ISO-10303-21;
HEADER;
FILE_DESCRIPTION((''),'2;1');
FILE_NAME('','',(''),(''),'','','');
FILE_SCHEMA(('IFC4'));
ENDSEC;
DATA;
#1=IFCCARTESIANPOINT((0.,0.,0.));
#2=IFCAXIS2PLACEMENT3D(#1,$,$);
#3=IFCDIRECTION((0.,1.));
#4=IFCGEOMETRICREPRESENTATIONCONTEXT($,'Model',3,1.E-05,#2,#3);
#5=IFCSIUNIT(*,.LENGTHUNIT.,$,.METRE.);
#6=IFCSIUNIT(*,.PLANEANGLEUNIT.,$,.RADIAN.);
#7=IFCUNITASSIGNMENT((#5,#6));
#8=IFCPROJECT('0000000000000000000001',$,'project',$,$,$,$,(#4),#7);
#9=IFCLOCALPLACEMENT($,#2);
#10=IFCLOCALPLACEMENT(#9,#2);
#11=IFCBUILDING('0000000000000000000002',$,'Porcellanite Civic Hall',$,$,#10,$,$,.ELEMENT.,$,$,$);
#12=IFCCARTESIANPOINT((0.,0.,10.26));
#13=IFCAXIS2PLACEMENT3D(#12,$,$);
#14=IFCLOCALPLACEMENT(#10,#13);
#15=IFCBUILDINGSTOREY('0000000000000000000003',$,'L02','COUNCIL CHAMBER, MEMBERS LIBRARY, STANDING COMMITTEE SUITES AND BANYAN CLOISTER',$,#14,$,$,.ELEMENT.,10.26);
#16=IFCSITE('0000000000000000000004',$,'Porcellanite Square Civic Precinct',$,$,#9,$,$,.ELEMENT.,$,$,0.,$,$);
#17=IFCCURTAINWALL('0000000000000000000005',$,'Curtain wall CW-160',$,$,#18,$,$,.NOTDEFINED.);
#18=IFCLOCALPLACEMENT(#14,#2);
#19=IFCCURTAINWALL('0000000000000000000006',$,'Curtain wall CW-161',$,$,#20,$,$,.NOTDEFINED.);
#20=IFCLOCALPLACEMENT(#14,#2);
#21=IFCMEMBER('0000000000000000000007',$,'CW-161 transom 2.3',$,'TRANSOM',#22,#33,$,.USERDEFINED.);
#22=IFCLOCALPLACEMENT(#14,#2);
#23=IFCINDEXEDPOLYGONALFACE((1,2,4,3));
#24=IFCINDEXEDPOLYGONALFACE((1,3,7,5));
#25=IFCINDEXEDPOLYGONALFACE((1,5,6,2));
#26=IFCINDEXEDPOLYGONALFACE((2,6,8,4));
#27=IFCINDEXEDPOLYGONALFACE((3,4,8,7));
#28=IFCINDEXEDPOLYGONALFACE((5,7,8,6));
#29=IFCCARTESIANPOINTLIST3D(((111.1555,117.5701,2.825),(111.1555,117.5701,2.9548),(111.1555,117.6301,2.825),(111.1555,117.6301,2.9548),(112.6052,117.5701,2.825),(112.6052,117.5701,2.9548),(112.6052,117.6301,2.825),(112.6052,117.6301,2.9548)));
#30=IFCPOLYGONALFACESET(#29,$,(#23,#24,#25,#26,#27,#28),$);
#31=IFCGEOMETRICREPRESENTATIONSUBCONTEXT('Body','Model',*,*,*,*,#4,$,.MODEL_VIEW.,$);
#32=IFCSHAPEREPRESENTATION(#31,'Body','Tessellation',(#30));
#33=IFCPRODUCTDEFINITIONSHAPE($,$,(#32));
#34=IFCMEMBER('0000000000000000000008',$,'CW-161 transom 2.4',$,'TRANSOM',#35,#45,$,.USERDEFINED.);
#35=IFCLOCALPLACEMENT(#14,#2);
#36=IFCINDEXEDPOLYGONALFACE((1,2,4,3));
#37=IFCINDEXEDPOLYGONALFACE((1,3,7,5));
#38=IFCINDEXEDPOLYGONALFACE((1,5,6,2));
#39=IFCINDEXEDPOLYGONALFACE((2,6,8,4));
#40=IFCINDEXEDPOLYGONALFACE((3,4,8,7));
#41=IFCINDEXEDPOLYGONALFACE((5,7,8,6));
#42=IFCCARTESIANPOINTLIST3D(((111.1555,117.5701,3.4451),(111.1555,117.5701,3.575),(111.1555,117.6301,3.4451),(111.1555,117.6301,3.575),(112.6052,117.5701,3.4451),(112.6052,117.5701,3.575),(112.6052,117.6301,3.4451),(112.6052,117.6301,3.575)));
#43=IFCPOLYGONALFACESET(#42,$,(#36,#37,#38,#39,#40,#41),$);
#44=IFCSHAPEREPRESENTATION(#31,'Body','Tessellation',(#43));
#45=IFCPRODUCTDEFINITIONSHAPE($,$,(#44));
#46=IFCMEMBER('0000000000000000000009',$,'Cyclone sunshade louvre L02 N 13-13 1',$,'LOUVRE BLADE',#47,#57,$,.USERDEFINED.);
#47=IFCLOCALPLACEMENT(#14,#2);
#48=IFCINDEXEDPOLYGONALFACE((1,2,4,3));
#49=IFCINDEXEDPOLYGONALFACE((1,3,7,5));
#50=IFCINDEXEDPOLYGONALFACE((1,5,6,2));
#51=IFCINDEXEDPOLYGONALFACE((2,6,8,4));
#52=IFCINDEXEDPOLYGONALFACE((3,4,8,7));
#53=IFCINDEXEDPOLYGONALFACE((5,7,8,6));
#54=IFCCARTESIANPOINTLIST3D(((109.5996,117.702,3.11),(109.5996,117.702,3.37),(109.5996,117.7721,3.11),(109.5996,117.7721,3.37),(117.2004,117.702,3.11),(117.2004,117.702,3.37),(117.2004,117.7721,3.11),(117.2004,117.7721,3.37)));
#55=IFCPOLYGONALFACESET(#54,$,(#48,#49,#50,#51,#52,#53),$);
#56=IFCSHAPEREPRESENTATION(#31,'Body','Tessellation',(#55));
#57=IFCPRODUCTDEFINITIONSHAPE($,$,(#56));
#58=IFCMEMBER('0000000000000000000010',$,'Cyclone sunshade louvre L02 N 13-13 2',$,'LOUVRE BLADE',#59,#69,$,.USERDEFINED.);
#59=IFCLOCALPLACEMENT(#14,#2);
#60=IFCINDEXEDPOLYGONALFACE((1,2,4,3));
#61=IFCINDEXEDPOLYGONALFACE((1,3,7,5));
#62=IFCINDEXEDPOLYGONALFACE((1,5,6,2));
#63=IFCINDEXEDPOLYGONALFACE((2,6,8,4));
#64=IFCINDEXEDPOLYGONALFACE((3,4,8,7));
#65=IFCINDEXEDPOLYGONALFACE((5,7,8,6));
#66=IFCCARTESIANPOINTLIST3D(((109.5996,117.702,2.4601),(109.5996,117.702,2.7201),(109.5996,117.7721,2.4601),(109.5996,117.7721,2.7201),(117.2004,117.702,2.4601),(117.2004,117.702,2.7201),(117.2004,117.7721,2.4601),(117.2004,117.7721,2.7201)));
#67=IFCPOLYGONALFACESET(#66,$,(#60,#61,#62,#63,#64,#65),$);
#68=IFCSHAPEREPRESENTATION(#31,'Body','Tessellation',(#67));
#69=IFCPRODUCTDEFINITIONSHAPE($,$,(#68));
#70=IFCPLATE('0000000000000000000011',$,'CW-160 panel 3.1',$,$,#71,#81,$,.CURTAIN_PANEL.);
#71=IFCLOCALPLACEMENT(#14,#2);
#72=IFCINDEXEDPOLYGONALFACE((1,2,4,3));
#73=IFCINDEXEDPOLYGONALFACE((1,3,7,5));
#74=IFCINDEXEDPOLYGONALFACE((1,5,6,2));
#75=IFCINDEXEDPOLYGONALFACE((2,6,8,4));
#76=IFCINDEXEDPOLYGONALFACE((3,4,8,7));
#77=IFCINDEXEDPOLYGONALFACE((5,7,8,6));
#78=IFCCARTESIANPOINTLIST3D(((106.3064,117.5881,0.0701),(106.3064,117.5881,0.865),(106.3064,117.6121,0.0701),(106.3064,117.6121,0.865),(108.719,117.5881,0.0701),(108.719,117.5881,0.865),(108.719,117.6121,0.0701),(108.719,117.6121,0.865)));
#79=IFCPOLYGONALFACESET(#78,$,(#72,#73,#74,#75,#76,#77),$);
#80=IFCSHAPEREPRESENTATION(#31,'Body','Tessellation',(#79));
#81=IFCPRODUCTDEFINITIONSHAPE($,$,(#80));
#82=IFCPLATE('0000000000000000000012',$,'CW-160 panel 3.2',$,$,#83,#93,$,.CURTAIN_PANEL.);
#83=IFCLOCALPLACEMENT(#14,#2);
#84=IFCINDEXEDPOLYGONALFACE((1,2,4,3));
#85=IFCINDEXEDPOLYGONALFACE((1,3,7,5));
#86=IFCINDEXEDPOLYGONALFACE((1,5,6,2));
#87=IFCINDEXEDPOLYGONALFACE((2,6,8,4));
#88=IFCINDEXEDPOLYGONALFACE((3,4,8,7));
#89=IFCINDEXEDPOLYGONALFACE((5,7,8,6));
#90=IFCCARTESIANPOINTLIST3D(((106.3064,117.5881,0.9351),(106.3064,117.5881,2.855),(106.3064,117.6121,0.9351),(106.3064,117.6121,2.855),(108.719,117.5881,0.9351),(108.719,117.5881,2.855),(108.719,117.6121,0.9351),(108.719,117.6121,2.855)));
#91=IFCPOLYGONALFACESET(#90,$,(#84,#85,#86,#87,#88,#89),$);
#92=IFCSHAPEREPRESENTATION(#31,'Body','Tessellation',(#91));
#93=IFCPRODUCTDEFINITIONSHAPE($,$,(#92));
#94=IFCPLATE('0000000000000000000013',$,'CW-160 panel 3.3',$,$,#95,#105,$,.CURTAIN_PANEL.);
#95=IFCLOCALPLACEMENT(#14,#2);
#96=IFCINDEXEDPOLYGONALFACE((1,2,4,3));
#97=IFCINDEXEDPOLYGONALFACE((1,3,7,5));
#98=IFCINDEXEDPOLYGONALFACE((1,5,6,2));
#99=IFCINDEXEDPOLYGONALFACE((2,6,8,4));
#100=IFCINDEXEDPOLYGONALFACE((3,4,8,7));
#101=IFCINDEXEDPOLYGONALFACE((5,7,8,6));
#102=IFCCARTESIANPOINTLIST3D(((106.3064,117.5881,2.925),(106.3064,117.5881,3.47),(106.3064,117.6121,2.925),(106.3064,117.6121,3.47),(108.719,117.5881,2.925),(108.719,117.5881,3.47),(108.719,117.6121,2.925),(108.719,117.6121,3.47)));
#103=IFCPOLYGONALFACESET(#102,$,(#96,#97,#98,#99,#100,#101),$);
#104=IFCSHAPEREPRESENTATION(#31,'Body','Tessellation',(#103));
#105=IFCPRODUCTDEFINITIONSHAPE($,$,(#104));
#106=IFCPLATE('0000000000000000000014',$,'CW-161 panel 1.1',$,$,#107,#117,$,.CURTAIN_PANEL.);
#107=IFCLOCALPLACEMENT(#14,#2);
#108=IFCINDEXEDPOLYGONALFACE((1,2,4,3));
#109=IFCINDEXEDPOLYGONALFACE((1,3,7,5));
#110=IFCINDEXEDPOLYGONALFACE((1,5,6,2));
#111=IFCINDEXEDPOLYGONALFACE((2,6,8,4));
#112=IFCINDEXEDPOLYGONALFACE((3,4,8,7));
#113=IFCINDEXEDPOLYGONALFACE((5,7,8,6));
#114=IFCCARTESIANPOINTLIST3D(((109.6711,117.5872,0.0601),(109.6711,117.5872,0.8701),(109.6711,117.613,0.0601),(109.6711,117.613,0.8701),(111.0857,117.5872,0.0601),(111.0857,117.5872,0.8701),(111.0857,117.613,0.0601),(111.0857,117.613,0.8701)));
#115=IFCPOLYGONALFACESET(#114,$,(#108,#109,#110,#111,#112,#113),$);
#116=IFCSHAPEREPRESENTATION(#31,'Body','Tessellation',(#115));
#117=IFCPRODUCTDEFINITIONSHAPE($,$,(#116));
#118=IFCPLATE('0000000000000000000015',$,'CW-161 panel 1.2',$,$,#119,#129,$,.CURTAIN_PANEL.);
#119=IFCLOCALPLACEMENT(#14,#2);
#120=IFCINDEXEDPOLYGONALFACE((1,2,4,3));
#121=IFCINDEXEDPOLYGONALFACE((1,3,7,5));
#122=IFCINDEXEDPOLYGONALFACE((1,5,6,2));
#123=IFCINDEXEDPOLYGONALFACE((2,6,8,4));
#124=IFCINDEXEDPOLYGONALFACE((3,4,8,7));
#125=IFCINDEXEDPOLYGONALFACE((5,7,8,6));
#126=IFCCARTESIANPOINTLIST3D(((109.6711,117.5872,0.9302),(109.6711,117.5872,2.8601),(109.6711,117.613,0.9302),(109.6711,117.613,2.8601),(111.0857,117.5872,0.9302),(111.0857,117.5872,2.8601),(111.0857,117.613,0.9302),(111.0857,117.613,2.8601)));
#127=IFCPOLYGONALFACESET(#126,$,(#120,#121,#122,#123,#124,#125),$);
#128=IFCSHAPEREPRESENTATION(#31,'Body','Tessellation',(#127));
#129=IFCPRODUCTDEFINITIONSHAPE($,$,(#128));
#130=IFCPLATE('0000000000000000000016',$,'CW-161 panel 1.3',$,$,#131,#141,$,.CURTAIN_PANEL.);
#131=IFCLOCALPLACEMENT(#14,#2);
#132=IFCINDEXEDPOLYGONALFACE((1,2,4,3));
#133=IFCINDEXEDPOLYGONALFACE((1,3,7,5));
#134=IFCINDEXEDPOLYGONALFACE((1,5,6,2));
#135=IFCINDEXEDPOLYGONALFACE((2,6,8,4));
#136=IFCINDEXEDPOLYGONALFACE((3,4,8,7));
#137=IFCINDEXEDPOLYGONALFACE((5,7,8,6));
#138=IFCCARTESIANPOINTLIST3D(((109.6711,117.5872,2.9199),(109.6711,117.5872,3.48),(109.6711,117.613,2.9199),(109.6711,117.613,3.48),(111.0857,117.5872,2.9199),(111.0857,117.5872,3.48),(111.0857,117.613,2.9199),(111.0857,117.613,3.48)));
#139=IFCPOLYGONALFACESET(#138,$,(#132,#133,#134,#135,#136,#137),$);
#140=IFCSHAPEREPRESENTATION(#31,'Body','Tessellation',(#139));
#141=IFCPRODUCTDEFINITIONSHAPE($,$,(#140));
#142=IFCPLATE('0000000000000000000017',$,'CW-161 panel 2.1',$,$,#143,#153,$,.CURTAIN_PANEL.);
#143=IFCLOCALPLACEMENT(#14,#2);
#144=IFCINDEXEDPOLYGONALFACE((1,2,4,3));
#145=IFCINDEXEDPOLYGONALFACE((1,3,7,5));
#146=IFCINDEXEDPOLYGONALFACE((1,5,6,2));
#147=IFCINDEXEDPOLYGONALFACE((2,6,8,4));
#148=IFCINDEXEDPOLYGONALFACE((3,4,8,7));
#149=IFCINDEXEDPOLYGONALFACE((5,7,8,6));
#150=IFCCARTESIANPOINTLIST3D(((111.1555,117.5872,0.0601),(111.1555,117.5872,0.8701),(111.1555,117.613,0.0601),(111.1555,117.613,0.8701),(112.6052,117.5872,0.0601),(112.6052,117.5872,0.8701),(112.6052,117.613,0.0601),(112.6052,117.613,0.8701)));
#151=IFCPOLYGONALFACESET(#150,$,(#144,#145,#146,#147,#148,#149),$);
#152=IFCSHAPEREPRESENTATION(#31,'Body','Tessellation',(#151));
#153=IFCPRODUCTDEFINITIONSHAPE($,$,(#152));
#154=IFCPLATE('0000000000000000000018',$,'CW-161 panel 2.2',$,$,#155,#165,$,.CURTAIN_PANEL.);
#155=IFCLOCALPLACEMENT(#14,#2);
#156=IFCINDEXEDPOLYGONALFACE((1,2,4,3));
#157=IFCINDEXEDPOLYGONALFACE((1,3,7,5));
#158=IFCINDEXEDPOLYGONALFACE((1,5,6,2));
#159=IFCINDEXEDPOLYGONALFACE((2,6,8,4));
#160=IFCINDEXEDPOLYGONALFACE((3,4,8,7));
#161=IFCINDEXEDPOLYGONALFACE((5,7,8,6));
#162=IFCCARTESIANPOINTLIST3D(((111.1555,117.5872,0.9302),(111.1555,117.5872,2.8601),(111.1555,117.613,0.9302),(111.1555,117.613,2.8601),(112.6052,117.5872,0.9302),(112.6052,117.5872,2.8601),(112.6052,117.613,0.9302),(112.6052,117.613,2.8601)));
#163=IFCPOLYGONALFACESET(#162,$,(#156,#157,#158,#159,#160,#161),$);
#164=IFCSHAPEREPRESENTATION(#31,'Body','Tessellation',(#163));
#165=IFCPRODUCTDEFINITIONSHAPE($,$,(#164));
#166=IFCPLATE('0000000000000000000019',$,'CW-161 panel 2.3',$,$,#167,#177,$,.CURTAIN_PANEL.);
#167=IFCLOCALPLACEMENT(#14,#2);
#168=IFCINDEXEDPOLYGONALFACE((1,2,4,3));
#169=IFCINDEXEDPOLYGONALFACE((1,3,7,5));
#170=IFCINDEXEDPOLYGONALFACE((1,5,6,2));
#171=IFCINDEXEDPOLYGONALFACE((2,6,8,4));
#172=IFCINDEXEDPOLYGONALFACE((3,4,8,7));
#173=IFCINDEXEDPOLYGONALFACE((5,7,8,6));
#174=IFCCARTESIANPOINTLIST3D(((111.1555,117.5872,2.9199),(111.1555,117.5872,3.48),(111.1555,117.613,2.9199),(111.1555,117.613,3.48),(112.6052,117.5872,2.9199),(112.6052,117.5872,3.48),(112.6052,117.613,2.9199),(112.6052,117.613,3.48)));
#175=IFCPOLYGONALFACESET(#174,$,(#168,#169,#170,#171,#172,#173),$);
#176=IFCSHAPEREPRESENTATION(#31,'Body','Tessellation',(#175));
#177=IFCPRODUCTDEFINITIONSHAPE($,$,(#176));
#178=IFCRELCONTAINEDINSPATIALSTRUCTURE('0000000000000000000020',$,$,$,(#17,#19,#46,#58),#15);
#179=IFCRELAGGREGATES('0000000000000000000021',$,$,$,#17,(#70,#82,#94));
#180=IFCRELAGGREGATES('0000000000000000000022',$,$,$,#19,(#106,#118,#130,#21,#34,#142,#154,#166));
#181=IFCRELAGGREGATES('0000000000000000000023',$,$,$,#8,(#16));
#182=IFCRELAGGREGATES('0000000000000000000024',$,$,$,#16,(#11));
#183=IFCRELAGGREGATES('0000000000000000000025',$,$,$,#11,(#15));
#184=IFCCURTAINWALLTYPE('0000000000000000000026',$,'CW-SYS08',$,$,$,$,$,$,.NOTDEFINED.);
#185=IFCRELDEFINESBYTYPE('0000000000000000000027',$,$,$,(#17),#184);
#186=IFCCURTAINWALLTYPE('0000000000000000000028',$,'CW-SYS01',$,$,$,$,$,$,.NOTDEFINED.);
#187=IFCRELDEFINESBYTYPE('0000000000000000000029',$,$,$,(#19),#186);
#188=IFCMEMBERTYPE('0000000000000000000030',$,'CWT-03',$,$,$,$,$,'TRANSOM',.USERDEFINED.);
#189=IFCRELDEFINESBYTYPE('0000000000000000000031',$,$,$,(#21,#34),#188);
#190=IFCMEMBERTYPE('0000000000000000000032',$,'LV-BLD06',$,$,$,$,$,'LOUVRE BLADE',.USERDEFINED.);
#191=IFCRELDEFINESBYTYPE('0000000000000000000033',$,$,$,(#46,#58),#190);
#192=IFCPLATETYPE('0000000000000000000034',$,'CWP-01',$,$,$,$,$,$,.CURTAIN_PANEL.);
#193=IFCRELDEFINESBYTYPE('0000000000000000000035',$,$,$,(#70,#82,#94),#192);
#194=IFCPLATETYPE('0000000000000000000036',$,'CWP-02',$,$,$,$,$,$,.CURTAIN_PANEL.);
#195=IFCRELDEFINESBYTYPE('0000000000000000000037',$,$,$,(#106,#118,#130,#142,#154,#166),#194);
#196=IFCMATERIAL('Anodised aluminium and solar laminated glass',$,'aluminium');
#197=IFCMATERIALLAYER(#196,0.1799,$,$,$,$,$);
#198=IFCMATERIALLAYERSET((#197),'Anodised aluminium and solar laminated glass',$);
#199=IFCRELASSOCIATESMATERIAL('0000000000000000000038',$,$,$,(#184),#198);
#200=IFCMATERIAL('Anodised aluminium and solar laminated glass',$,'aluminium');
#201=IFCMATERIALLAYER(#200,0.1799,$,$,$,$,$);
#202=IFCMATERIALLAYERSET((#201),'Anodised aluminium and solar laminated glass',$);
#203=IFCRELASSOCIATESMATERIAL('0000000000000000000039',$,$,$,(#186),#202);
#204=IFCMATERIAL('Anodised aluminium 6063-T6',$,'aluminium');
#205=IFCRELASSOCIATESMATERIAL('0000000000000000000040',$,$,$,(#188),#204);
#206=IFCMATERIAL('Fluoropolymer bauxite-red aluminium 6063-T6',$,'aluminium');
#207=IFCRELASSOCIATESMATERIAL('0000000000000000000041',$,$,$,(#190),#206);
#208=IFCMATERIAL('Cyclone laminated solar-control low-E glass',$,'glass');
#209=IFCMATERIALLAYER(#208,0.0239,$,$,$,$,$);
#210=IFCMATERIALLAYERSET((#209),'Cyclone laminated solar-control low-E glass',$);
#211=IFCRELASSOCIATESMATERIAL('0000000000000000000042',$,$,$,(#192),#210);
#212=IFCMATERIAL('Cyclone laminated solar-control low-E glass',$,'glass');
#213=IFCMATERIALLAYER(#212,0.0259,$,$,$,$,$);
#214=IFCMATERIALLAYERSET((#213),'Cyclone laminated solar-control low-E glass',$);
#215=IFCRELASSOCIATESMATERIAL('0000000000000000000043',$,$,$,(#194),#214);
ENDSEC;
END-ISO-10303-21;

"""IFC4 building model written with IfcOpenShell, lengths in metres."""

from ifc_helpers import new_model, si_unit, direction, frame, origin, origin_2d, place, context, subcontext, project, spatial, rectangle, extrude, material, layer, layer_set, material_profile, profile_set, type_object, element, aggregate, save


model = new_model("IFC4")

# Units and contexts
model_context = context("Model", 3, precision=1e-05, world=origin(), true_north=direction((0.0, 1.0)))
body_context = subcontext(model_context, "Body", "Model", "MODEL_VIEW")
ifc_project = project(units=[si_unit("LENGTHUNIT", "METRE"), si_unit("PLANEANGLEUNIT", "RADIAN")], contexts=[model_context])

# Site, building, storey
site_placement = place(None, origin())
site = spatial("IfcSite", under=ifc_project, at=site_placement, Name="Porcellanite Square Civic Precinct", CompositionType="ELEMENT", RefElevation=0.0)
building_placement = place(site_placement, origin())
building = spatial("IfcBuilding", under=site, at=building_placement, Name="Porcellanite Civic Hall", CompositionType="ELEMENT")
storey_placement = place(building_placement, frame((0.0, 0.0, 10.26)))
storey = spatial("IfcBuildingStorey", under=building, at=storey_placement, Name="L02", Description="COUNCIL CHAMBER, MEMBERS LIBRARY, STANDING COMMITTEE SUITES AND BANYAN CLOISTER", CompositionType="ELEMENT", Elevation=10.26)

# Curtain wall
ifc_material_1 = material(Name="Anodised aluminium and solar laminated glass", Category="aluminium")
ifc_layer_1 = layer(ifc_material_1, 0.1799)
ifc_layer_set_1 = layer_set([ifc_layer_1], Name="Anodised aluminium and solar laminated glass")
curtain_wall_type_1 = type_object("IfcCurtainWallType", Name="CW-SYS08", PredefinedType="NOTDEFINED", material=ifc_layer_set_1)
curtain_wall_1_placement = place(storey_placement, origin())
curtain_wall_1 = element("IfcCurtainWall", 1, at=curtain_wall_1_placement, inside=storey, type_object=curtain_wall_type_1, Name="Curtain wall CW-160", PredefinedType="NOTDEFINED")

# Curtain wall
ifc_material_2 = material(Name="Anodised aluminium and solar laminated glass", Category="aluminium")
ifc_layer_2 = layer(ifc_material_2, 0.1799)
ifc_layer_set_2 = layer_set([ifc_layer_2], Name="Anodised aluminium and solar laminated glass")
curtain_wall_type_2 = type_object("IfcCurtainWallType", Name="CW-SYS01", PredefinedType="NOTDEFINED", material=ifc_layer_set_2)
curtain_wall_2_placement = place(storey_placement, origin())
curtain_wall_2 = element("IfcCurtainWall", 2, at=curtain_wall_2_placement, inside=storey, type_object=curtain_wall_type_2, Name="Curtain wall CW-161", PredefinedType="NOTDEFINED")

# Members
ifc_material_3 = material(Name="Anodised aluminium 6063-T6", Category="aluminium")
ifc_material_profile_1 = material_profile(ifc_material_3, rectangle(XDim=0.0601, YDim=0.1299, at=origin_2d()), Name="AL-60x130")
ifc_profile_set_1 = profile_set([ifc_material_profile_1], Name="Anodised aluminium 6063-T6")
member_type_1 = type_object("IfcMemberType", Name="CWT-03", ElementType="TRANSOM", PredefinedType="USERDEFINED", material=ifc_profile_set_1)
member_1_placement = place(storey_placement, frame((111.1555, 117.6001, 2.8899), z_axis=(1.0, 0.0, 0.0), x_axis=(0.0, 1.0, 0.0)))
member_1 = element("IfcMember", 3, at=member_1_placement, type_object=member_type_1, Name="CW-161 transom 2.3", ObjectType="TRANSOM", PredefinedType="USERDEFINED", context=body_context, shape_type="SweptSolid", body=[
    extrude(rectangle(XDim=0.0601, YDim=0.1299, at=origin_2d()), origin(), (0.0, 0.0, 1.0), 1.4497),
])
member_2_placement = place(storey_placement, frame((111.1555, 117.6001, 3.51), z_axis=(1.0, 0.0, 0.0), x_axis=(0.0, 1.0, 0.0)))
member_2 = element("IfcMember", 4, at=member_2_placement, type_object=member_type_1, Name="CW-161 transom 2.4", ObjectType="TRANSOM", PredefinedType="USERDEFINED", context=body_context, shape_type="SweptSolid", body=[
    extrude(rectangle(XDim=0.0601, YDim=0.1299, at=origin_2d()), origin(), (0.0, 0.0, 1.0), 1.4497),
])

# Members
ifc_material_4 = material(Name="Fluoropolymer bauxite-red aluminium 6063-T6", Category="aluminium")
ifc_material_profile_2 = material_profile(ifc_material_4, rectangle(XDim=0.0701, YDim=0.26, at=origin_2d()), Name="AL-70x260")
ifc_profile_set_2 = profile_set([ifc_material_profile_2], Name="Fluoropolymer bauxite-red aluminium 6063-T6")
member_type_2 = type_object("IfcMemberType", Name="LV-BLD06", ElementType="LOUVRE BLADE", PredefinedType="USERDEFINED", material=ifc_profile_set_2)
for number, where, z_axis, x_axis, name in (
    (5, (109.5996, 117.7371, 3.24), (1.0, 0.0, 0.0), (0.0, 1.0, 0.0), "Cyclone sunshade louvre L02 N 13-13 1"),
    (6, (109.5996, 117.7371, 2.5901), (1.0, 0.0, 0.0), (0.0, 1.0, 0.0), "Cyclone sunshade louvre L02 N 13-13 2"),
):
    element("IfcMember", number, at=place(storey_placement, frame(where, z_axis=z_axis, x_axis=x_axis)), inside=storey, type_object=member_type_2, Name=name, ObjectType="LOUVRE BLADE", PredefinedType="USERDEFINED", context=body_context, shape_type="SweptSolid", body=[
        extrude(rectangle(XDim=0.0701, YDim=0.26, at=origin_2d()), origin(), (0.0, 0.0, 1.0), 7.6008),
    ])

# Plates
ifc_material_5 = material(Name="Cyclone laminated solar-control low-E glass", Category="glass")
ifc_layer_3 = layer(ifc_material_5, 0.0239)
ifc_layer_set_3 = layer_set([ifc_layer_3], Name="Cyclone laminated solar-control low-E glass")
plate_type_1 = type_object("IfcPlateType", Name="CWP-01", PredefinedType="CURTAIN_PANEL", material=ifc_layer_set_3)
plate_1_placement = place(storey_placement, frame((107.5127, 117.6001, 0.0701), z_axis=(0.0, 0.0, 1.0), x_axis=(1.0, 0.0, 0.0)))
plate_1 = element("IfcPlate", 7, at=plate_1_placement, type_object=plate_type_1, Name="CW-160 panel 3.1", PredefinedType="CURTAIN_PANEL", context=body_context, shape_type="SweptSolid", body=[
    extrude(rectangle(XDim=2.4126, YDim=0.0239, at=origin_2d()), origin(), (0.0, 0.0, 1.0), 0.7949),
])
plate_2_placement = place(storey_placement, frame((107.5127, 117.6001, 0.9351), z_axis=(0.0, 0.0, 1.0), x_axis=(1.0, 0.0, 0.0)))
plate_2 = element("IfcPlate", 8, at=plate_2_placement, type_object=plate_type_1, Name="CW-160 panel 3.2", PredefinedType="CURTAIN_PANEL", context=body_context, shape_type="SweptSolid", body=[
    extrude(rectangle(XDim=2.4126, YDim=0.0239, at=origin_2d()), origin(), (0.0, 0.0, 1.0), 1.9199),
])
plate_3_placement = place(storey_placement, frame((107.5127, 117.6001, 2.925), z_axis=(0.0, 0.0, 1.0), x_axis=(1.0, 0.0, 0.0)))
plate_3 = element("IfcPlate", 9, at=plate_3_placement, type_object=plate_type_1, Name="CW-160 panel 3.3", PredefinedType="CURTAIN_PANEL", context=body_context, shape_type="SweptSolid", body=[
    extrude(rectangle(XDim=2.4126, YDim=0.0239, at=origin_2d()), origin(), (0.0, 0.0, 1.0), 0.5449),
])
aggregate(curtain_wall_1, [plate_1, plate_2, plate_3])
ifc_material_6 = material(Name="Cyclone laminated solar-control low-E glass", Category="glass")
ifc_layer_4 = layer(ifc_material_6, 0.0259)
ifc_layer_set_4 = layer_set([ifc_layer_4], Name="Cyclone laminated solar-control low-E glass")
plate_type_2 = type_object("IfcPlateType", Name="CWP-02", PredefinedType="CURTAIN_PANEL", material=ifc_layer_set_4)
plate_4_placement = place(storey_placement, frame((110.3784, 117.6001, 0.0601), z_axis=(0.0, 0.0, 1.0), x_axis=(1.0, 0.0, 0.0)))
plate_4 = element("IfcPlate", 10, at=plate_4_placement, type_object=plate_type_2, Name="CW-161 panel 1.1", PredefinedType="CURTAIN_PANEL", context=body_context, shape_type="SweptSolid", body=[
    extrude(rectangle(XDim=1.4146, YDim=0.0259, at=origin_2d()), origin(), (0.0, 0.0, 1.0), 0.8101),
])
plate_5_placement = place(storey_placement, frame((110.3784, 117.6001, 0.9302), z_axis=(0.0, 0.0, 1.0), x_axis=(1.0, 0.0, 0.0)))
plate_5 = element("IfcPlate", 11, at=plate_5_placement, type_object=plate_type_2, Name="CW-161 panel 1.2", PredefinedType="CURTAIN_PANEL", context=body_context, shape_type="SweptSolid", body=[
    extrude(rectangle(XDim=1.4146, YDim=0.0259, at=origin_2d()), origin(), (0.0, 0.0, 1.0), 1.9299),
])
plate_6_placement = place(storey_placement, frame((110.3784, 117.6001, 2.9199), z_axis=(0.0, 0.0, 1.0), x_axis=(1.0, 0.0, 0.0)))
plate_6 = element("IfcPlate", 12, at=plate_6_placement, type_object=plate_type_2, Name="CW-161 panel 1.3", PredefinedType="CURTAIN_PANEL", context=body_context, shape_type="SweptSolid", body=[
    extrude(rectangle(XDim=1.4146, YDim=0.0259, at=origin_2d()), origin(), (0.0, 0.0, 1.0), 0.5601),
])
plate_7_placement = place(storey_placement, frame((111.8804, 117.6001, 0.0601), z_axis=(0.0, 0.0, 1.0), x_axis=(1.0, 0.0, 0.0)))
plate_7 = element("IfcPlate", 13, at=plate_7_placement, type_object=plate_type_2, Name="CW-161 panel 2.1", PredefinedType="CURTAIN_PANEL", context=body_context, shape_type="SweptSolid", body=[
    extrude(rectangle(XDim=1.4497, YDim=0.0259, at=origin_2d()), origin(), (0.0, 0.0, 1.0), 0.8101),
])
plate_8_placement = place(storey_placement, frame((111.8804, 117.6001, 0.9302), z_axis=(0.0, 0.0, 1.0), x_axis=(1.0, 0.0, 0.0)))
plate_8 = element("IfcPlate", 14, at=plate_8_placement, type_object=plate_type_2, Name="CW-161 panel 2.2", PredefinedType="CURTAIN_PANEL", context=body_context, shape_type="SweptSolid", body=[
    extrude(rectangle(XDim=1.4497, YDim=0.0259, at=origin_2d()), origin(), (0.0, 0.0, 1.0), 1.9299),
])
plate_9_placement = place(storey_placement, frame((111.8804, 117.6001, 2.9199), z_axis=(0.0, 0.0, 1.0), x_axis=(1.0, 0.0, 0.0)))
plate_9 = element("IfcPlate", 15, at=plate_9_placement, type_object=plate_type_2, Name="CW-161 panel 2.3", PredefinedType="CURTAIN_PANEL", context=body_context, shape_type="SweptSolid", body=[
    extrude(rectangle(XDim=1.4497, YDim=0.0259, at=origin_2d()), origin(), (0.0, 0.0, 1.0), 0.5601),
])
aggregate(curtain_wall_2, [plate_4, plate_5, plate_6, member_1, member_2, plate_7, plate_8, plate_9])

save(model, "model.ifc")
